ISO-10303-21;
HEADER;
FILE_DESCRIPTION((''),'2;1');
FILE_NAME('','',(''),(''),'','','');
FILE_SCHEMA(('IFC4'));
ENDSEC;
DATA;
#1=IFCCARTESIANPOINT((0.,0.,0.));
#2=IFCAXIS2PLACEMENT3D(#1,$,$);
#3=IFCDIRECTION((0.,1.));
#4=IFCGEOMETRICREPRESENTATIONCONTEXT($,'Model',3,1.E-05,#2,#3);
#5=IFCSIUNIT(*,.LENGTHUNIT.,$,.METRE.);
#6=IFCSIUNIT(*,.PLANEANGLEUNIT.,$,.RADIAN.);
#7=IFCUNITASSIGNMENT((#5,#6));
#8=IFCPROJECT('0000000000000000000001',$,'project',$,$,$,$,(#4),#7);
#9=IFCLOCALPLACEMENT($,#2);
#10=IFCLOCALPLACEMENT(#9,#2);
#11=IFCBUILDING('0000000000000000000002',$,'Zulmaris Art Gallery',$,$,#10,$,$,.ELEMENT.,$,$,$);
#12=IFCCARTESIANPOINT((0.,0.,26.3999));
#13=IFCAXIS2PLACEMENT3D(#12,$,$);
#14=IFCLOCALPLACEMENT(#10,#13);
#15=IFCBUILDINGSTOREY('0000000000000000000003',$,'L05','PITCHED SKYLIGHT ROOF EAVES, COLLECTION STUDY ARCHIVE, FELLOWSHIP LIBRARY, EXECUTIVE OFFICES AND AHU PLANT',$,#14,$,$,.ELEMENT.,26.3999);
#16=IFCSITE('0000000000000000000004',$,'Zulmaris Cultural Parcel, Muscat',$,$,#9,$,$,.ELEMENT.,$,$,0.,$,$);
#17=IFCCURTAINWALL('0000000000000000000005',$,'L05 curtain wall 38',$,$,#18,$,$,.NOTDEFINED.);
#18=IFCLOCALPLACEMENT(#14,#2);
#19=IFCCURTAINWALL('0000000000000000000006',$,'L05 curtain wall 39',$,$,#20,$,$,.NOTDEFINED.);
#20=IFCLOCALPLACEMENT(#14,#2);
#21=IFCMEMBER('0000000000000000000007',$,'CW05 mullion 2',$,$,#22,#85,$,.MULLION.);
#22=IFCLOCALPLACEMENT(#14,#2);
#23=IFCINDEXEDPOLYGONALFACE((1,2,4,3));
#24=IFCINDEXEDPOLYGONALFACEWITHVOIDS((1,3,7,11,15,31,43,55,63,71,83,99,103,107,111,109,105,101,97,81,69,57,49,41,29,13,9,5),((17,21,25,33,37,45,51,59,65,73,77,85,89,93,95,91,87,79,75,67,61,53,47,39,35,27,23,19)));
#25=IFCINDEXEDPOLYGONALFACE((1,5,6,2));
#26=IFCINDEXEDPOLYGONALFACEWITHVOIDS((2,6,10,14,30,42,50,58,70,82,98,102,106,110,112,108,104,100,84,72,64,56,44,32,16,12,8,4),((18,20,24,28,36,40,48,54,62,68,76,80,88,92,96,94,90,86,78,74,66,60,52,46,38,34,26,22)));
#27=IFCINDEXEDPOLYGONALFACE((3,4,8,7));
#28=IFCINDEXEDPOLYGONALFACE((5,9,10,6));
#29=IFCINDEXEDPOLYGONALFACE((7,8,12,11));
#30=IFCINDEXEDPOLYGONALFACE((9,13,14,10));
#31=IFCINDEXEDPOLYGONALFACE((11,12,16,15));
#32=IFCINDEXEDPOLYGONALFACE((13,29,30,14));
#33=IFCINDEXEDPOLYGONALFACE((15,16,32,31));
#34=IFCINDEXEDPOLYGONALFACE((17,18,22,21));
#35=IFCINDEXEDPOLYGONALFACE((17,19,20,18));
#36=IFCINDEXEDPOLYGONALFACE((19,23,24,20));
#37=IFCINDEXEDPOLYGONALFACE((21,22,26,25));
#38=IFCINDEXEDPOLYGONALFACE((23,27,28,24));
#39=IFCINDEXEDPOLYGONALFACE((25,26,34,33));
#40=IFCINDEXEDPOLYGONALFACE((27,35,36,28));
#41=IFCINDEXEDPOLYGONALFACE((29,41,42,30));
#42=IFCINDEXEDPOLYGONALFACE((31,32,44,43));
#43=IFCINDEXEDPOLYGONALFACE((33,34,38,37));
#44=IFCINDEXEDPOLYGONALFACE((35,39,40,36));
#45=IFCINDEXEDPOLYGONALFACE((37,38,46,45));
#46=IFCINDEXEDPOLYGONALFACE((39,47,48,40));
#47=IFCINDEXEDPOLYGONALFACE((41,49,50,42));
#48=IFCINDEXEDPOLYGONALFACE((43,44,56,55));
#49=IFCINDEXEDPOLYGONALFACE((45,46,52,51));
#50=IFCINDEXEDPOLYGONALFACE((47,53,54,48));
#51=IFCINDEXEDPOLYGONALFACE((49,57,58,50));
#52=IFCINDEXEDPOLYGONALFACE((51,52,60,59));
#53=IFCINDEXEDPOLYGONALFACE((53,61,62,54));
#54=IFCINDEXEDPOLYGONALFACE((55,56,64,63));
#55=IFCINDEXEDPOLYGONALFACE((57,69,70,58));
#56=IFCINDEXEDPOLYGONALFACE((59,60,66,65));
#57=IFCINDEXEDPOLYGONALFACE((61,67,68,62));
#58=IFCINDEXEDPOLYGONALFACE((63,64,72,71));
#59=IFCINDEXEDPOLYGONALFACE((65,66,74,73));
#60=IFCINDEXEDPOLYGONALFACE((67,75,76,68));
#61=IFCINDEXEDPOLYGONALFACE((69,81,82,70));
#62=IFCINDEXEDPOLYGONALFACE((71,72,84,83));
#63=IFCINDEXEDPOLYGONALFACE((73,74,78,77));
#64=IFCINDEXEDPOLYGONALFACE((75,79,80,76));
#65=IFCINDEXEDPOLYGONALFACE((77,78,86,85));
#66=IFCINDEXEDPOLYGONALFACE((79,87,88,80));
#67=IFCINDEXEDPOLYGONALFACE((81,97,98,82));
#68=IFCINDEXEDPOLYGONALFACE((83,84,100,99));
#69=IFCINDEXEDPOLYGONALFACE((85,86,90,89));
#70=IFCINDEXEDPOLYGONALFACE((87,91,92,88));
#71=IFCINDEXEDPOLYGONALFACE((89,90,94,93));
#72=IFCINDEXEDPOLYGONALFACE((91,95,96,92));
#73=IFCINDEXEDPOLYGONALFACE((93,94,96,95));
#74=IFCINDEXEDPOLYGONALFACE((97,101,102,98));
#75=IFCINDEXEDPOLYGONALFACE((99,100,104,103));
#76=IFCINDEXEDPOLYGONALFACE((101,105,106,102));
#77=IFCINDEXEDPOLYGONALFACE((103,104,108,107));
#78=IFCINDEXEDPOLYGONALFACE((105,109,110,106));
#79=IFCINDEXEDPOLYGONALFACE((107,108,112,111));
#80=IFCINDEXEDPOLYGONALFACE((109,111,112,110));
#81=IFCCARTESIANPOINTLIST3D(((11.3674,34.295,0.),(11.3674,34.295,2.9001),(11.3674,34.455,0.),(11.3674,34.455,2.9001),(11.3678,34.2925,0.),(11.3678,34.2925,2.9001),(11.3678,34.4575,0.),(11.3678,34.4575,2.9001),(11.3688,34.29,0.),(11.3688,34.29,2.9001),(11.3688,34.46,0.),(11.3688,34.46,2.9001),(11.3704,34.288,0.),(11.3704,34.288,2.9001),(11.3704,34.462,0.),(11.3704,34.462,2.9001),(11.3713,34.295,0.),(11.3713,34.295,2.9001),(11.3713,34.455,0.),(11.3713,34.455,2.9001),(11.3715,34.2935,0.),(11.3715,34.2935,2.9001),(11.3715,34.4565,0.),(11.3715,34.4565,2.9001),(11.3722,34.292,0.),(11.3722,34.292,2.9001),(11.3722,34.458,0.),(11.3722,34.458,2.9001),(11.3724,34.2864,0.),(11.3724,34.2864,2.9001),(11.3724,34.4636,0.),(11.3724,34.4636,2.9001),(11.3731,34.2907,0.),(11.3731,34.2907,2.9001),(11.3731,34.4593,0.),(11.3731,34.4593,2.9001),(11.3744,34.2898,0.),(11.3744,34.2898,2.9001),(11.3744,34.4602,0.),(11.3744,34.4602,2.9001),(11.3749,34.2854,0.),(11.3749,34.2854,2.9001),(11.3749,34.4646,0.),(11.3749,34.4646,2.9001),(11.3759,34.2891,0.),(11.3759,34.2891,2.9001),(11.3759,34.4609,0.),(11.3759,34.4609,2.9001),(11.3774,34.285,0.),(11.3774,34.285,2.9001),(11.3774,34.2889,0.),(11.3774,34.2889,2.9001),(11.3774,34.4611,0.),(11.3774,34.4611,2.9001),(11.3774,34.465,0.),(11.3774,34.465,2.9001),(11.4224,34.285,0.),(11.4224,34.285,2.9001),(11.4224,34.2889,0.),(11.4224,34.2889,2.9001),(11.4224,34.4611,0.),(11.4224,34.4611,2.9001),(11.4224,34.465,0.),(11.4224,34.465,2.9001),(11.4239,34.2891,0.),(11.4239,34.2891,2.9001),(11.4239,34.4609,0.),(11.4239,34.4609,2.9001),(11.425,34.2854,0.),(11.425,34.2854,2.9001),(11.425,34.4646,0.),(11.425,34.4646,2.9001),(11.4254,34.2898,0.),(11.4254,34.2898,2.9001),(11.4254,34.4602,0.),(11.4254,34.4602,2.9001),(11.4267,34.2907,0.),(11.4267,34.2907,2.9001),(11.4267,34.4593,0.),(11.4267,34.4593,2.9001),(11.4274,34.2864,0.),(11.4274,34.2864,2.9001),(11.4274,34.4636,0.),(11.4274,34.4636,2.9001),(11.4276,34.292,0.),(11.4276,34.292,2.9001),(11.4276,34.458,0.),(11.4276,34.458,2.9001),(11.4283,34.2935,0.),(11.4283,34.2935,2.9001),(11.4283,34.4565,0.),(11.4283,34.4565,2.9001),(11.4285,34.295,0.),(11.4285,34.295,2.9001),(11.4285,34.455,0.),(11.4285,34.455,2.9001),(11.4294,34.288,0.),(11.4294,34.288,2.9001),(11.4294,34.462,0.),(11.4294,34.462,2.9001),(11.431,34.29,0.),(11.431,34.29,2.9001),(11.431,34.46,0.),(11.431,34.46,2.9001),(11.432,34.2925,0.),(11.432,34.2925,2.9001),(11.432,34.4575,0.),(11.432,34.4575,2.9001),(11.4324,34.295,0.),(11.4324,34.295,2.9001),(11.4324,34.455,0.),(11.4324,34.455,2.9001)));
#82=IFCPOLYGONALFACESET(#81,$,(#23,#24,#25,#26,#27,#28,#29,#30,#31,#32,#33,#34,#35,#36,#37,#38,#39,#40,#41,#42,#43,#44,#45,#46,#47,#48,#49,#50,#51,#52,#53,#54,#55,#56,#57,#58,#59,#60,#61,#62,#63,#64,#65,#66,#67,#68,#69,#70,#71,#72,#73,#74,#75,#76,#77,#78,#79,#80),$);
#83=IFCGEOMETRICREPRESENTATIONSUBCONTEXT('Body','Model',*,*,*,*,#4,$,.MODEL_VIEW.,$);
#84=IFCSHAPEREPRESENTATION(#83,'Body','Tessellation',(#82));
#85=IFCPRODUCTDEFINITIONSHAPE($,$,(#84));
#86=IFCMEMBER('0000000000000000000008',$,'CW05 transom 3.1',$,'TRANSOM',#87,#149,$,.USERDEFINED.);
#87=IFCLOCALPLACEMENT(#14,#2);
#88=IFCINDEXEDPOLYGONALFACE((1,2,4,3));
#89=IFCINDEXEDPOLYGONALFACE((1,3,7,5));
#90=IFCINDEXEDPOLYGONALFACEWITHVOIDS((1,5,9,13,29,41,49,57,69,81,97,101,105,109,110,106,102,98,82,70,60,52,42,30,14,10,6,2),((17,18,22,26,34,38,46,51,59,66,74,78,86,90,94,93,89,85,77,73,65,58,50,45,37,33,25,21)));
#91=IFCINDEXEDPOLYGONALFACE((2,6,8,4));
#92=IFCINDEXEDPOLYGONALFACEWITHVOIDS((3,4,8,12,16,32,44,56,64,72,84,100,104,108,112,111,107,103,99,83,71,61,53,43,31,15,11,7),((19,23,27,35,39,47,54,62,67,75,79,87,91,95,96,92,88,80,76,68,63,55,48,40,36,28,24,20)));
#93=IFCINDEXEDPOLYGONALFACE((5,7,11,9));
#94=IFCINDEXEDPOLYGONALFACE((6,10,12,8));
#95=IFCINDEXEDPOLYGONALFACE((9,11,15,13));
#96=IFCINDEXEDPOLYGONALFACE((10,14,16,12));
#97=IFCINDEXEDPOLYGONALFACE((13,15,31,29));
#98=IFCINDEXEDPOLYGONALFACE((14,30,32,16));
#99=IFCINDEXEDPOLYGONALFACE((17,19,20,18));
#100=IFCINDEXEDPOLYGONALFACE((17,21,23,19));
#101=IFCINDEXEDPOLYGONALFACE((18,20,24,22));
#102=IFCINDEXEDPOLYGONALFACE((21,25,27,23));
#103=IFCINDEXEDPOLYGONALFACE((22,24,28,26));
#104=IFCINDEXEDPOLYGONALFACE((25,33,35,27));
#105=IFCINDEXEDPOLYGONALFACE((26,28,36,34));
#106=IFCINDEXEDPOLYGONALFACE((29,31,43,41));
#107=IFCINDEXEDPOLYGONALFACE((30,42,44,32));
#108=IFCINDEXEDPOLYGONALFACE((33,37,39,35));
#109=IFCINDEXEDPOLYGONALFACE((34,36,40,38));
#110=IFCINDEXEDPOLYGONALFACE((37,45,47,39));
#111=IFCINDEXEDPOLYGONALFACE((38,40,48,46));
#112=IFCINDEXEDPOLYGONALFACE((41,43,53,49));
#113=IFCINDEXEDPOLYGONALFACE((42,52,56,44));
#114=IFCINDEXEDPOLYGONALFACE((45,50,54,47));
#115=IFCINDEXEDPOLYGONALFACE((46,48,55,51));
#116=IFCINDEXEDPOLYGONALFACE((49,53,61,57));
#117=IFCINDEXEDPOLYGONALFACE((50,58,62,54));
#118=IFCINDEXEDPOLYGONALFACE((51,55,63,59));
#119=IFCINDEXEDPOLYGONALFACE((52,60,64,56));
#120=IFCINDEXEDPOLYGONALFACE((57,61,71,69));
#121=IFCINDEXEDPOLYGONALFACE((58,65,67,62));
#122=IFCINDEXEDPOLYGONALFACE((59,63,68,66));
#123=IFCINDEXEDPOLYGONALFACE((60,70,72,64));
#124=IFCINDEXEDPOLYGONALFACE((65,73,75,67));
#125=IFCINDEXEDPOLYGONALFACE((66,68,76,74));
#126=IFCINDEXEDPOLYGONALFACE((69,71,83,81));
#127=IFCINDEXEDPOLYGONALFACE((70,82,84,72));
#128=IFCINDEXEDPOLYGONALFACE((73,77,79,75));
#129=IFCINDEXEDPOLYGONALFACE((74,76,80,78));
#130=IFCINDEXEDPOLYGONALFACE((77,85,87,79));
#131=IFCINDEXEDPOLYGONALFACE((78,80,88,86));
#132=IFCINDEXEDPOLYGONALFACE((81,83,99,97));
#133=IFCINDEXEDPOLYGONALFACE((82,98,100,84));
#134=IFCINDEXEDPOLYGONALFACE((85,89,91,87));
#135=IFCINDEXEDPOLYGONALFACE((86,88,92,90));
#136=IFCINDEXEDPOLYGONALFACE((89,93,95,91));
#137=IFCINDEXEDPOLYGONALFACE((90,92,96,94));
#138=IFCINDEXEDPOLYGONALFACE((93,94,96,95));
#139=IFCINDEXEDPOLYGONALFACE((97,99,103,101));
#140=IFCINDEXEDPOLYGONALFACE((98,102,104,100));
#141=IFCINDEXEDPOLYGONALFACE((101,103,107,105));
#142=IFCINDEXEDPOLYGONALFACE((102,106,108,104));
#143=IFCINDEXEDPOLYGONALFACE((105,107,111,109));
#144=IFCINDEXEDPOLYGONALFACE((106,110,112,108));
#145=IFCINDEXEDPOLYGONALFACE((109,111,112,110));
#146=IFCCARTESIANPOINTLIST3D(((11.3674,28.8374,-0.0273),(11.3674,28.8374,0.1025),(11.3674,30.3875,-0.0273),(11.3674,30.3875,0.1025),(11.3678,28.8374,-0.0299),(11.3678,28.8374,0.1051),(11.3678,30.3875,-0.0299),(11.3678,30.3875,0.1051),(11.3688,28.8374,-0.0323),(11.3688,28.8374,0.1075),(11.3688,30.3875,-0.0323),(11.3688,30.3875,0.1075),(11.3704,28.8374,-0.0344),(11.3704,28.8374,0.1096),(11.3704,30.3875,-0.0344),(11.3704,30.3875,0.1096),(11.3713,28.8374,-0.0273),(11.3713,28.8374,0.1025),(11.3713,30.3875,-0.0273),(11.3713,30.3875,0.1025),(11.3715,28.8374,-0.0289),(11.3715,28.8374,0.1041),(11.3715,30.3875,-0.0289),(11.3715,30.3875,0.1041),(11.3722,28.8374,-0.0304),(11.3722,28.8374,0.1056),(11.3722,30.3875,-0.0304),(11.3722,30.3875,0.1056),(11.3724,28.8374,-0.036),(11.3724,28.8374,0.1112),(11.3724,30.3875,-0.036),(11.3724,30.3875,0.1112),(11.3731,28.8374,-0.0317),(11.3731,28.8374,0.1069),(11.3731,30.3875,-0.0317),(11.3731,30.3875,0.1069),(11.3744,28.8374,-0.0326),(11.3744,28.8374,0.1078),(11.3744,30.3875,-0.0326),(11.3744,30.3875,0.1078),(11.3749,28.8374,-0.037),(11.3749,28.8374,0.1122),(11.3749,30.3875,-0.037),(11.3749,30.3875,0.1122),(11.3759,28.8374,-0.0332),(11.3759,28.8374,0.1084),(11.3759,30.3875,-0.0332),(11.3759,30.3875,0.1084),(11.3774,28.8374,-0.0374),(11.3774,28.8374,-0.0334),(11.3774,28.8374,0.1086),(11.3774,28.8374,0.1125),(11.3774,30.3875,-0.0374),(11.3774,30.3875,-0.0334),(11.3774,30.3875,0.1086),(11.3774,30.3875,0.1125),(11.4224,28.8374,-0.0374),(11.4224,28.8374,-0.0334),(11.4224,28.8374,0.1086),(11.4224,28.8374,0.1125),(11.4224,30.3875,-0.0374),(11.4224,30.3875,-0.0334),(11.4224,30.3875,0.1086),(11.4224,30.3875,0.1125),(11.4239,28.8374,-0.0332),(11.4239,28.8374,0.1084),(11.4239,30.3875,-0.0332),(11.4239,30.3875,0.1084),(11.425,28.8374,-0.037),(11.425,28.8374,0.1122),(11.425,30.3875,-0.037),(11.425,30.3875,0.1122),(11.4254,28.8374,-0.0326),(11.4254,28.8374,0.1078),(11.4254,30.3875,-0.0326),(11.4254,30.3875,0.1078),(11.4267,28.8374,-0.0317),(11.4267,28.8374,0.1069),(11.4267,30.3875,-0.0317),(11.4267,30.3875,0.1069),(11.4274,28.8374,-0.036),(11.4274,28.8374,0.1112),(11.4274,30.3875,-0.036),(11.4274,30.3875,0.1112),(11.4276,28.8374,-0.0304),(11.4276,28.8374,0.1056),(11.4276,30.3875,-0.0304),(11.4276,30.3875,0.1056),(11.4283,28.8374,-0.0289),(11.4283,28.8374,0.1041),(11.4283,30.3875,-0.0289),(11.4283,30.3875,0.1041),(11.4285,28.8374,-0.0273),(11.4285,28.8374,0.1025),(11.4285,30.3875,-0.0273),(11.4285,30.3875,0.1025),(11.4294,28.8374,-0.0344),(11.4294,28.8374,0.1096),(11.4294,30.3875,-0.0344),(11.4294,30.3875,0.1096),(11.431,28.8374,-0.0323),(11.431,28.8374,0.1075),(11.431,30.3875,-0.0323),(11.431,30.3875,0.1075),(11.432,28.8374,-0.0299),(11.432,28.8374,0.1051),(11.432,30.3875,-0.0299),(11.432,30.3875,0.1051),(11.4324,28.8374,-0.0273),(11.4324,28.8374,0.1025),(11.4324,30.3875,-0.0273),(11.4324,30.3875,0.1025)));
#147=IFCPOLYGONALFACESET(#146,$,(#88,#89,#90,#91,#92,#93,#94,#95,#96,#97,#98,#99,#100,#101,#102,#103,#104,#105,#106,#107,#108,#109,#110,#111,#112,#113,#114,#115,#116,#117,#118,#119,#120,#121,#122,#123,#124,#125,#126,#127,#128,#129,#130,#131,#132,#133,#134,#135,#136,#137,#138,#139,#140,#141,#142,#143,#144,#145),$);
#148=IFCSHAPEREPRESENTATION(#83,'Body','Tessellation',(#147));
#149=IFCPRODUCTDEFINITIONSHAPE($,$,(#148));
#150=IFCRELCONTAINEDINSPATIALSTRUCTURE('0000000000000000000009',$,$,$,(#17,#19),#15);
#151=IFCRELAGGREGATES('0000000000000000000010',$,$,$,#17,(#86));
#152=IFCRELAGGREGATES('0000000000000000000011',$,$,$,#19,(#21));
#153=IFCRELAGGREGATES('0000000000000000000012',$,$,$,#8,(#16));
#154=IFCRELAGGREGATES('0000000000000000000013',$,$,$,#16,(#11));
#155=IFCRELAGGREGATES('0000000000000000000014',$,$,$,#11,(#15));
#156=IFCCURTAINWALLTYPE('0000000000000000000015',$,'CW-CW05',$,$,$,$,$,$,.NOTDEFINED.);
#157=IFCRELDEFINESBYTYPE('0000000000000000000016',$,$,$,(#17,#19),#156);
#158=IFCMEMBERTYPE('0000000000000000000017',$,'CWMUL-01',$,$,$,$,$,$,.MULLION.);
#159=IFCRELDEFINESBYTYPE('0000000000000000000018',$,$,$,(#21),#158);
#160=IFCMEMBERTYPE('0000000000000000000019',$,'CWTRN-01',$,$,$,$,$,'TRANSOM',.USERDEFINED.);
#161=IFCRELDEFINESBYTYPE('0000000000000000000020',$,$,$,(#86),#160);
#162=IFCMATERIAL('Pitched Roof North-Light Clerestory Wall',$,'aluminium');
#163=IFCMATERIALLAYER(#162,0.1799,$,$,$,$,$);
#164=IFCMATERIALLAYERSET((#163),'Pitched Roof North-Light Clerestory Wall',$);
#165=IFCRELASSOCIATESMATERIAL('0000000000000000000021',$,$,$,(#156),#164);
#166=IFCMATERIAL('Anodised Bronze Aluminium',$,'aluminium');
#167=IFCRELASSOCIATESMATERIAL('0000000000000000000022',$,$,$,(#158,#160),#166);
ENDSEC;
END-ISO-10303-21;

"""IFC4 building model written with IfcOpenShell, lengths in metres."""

from ifc_helpers import new_model, si_unit, direction, frame, origin, origin_2d, place, context, subcontext, project, spatial, hollow_rectangle, extrude, material, layer, layer_set, material_profile, profile_set, type_object, element, aggregate, save


model = new_model("IFC4")

# Units and contexts
model_context = context("Model", 3, precision=1e-05, world=origin(), true_north=direction((0.0, 1.0)))
body_context = subcontext(model_context, "Body", "Model", "MODEL_VIEW")
ifc_project = project(units=[si_unit("LENGTHUNIT", "METRE"), si_unit("PLANEANGLEUNIT", "RADIAN")], contexts=[model_context])

# Site, building, storey
site_placement = place(None, origin())
site = spatial("IfcSite", under=ifc_project, at=site_placement, Name="Zulmaris Cultural Parcel, Muscat", CompositionType="ELEMENT", RefElevation=0.0)
building_placement = place(site_placement, origin())
building = spatial("IfcBuilding", under=site, at=building_placement, Name="Zulmaris Art Gallery", CompositionType="ELEMENT")
storey_placement = place(building_placement, frame((0.0, 0.0, 26.3999)))
storey = spatial("IfcBuildingStorey", under=building, at=storey_placement, Name="L05", Description="PITCHED SKYLIGHT ROOF EAVES, COLLECTION STUDY ARCHIVE, FELLOWSHIP LIBRARY, EXECUTIVE OFFICES AND AHU PLANT", CompositionType="ELEMENT", Elevation=26.3999)

# Curtain walls, member
ifc_material_1 = material(Name="Pitched Roof North-Light Clerestory Wall", Category="aluminium")
ifc_layer_1 = layer(ifc_material_1, 0.1799)
ifc_layer_set_1 = layer_set([ifc_layer_1], Name="Pitched Roof North-Light Clerestory Wall")
curtain_wall_type = type_object("IfcCurtainWallType", Name="CW-CW05", PredefinedType="NOTDEFINED", material=ifc_layer_set_1)
curtain_wall_1_placement = place(storey_placement, origin())
curtain_wall_1 = element("IfcCurtainWall", 1, at=curtain_wall_1_placement, inside=storey, type_object=curtain_wall_type, Name="L05 curtain wall 38", PredefinedType="NOTDEFINED")
ifc_material_2 = material(Name="Anodised Bronze Aluminium", Category="aluminium")
ifc_material_profile_1 = material_profile(ifc_material_2, hollow_rectangle(XDim=0.0649, YDim=0.1799, WallThickness=0.0039, InnerFilletRadius=0.0061, OuterFilletRadius=0.01, at=origin_2d()), Name="ALU 65x180x4")
ifc_profile_set_1 = profile_set([ifc_material_profile_1], Name="Anodised Bronze Aluminium")
member_type_1 = type_object("IfcMemberType", Name="CWMUL-01", PredefinedType="MULLION", material=ifc_profile_set_1)
curtain_wall_2_placement = place(storey_placement, origin())
curtain_wall_2 = element("IfcCurtainWall", 2, at=curtain_wall_2_placement, inside=storey, type_object=curtain_wall_type, Name="L05 curtain wall 39", PredefinedType="NOTDEFINED")
member_1_placement = place(storey_placement, frame((11.3999, 34.375, 0.0), z_axis=(0.0, 0.0, 1.0), x_axis=(-1.0, 0.0, 0.0)))
member_1 = element("IfcMember", 3, at=member_1_placement, type_object=member_type_1, Name="CW05 mullion 2", PredefinedType="MULLION", context=body_context, shape_type="SweptSolid", body=[
    extrude(hollow_rectangle(XDim=0.0649, YDim=0.1799, WallThickness=0.0039, InnerFilletRadius=0.0061, OuterFilletRadius=0.01, at=origin_2d()), origin(), (0.0, 0.0, 1.0), 2.9001),
])

# Member
ifc_material_profile_2 = material_profile(ifc_material_2, hollow_rectangle(XDim=0.0649, YDim=0.1499, WallThickness=0.0039, InnerFilletRadius=0.0061, OuterFilletRadius=0.01, at=origin_2d()), Name="ALU 65x150x4")
ifc_profile_set_2 = profile_set([ifc_material_profile_2], Name="Anodised Bronze Aluminium")
member_type_2 = type_object("IfcMemberType", Name="CWTRN-01", ElementType="TRANSOM", PredefinedType="USERDEFINED", material=ifc_profile_set_2)
member_2_placement = place(storey_placement, frame((11.3999, 28.8374, 0.0376), z_axis=(0.0, 1.0, 0.0), x_axis=(-1.0, 0.0, 0.0)))
member_2 = element("IfcMember", 4, at=member_2_placement, type_object=member_type_2, Name="CW05 transom 3.1", ObjectType="TRANSOM", PredefinedType="USERDEFINED", context=body_context, shape_type="SweptSolid", body=[
    extrude(hollow_rectangle(XDim=0.0649, YDim=0.1499, WallThickness=0.0039, InnerFilletRadius=0.0061, OuterFilletRadius=0.01, at=origin_2d()), origin(), (0.0, 0.0, 1.0), 1.55),
])

aggregate(curtain_wall_1, [member_2])
aggregate(curtain_wall_2, [member_1])

save(model, "model.ifc")
